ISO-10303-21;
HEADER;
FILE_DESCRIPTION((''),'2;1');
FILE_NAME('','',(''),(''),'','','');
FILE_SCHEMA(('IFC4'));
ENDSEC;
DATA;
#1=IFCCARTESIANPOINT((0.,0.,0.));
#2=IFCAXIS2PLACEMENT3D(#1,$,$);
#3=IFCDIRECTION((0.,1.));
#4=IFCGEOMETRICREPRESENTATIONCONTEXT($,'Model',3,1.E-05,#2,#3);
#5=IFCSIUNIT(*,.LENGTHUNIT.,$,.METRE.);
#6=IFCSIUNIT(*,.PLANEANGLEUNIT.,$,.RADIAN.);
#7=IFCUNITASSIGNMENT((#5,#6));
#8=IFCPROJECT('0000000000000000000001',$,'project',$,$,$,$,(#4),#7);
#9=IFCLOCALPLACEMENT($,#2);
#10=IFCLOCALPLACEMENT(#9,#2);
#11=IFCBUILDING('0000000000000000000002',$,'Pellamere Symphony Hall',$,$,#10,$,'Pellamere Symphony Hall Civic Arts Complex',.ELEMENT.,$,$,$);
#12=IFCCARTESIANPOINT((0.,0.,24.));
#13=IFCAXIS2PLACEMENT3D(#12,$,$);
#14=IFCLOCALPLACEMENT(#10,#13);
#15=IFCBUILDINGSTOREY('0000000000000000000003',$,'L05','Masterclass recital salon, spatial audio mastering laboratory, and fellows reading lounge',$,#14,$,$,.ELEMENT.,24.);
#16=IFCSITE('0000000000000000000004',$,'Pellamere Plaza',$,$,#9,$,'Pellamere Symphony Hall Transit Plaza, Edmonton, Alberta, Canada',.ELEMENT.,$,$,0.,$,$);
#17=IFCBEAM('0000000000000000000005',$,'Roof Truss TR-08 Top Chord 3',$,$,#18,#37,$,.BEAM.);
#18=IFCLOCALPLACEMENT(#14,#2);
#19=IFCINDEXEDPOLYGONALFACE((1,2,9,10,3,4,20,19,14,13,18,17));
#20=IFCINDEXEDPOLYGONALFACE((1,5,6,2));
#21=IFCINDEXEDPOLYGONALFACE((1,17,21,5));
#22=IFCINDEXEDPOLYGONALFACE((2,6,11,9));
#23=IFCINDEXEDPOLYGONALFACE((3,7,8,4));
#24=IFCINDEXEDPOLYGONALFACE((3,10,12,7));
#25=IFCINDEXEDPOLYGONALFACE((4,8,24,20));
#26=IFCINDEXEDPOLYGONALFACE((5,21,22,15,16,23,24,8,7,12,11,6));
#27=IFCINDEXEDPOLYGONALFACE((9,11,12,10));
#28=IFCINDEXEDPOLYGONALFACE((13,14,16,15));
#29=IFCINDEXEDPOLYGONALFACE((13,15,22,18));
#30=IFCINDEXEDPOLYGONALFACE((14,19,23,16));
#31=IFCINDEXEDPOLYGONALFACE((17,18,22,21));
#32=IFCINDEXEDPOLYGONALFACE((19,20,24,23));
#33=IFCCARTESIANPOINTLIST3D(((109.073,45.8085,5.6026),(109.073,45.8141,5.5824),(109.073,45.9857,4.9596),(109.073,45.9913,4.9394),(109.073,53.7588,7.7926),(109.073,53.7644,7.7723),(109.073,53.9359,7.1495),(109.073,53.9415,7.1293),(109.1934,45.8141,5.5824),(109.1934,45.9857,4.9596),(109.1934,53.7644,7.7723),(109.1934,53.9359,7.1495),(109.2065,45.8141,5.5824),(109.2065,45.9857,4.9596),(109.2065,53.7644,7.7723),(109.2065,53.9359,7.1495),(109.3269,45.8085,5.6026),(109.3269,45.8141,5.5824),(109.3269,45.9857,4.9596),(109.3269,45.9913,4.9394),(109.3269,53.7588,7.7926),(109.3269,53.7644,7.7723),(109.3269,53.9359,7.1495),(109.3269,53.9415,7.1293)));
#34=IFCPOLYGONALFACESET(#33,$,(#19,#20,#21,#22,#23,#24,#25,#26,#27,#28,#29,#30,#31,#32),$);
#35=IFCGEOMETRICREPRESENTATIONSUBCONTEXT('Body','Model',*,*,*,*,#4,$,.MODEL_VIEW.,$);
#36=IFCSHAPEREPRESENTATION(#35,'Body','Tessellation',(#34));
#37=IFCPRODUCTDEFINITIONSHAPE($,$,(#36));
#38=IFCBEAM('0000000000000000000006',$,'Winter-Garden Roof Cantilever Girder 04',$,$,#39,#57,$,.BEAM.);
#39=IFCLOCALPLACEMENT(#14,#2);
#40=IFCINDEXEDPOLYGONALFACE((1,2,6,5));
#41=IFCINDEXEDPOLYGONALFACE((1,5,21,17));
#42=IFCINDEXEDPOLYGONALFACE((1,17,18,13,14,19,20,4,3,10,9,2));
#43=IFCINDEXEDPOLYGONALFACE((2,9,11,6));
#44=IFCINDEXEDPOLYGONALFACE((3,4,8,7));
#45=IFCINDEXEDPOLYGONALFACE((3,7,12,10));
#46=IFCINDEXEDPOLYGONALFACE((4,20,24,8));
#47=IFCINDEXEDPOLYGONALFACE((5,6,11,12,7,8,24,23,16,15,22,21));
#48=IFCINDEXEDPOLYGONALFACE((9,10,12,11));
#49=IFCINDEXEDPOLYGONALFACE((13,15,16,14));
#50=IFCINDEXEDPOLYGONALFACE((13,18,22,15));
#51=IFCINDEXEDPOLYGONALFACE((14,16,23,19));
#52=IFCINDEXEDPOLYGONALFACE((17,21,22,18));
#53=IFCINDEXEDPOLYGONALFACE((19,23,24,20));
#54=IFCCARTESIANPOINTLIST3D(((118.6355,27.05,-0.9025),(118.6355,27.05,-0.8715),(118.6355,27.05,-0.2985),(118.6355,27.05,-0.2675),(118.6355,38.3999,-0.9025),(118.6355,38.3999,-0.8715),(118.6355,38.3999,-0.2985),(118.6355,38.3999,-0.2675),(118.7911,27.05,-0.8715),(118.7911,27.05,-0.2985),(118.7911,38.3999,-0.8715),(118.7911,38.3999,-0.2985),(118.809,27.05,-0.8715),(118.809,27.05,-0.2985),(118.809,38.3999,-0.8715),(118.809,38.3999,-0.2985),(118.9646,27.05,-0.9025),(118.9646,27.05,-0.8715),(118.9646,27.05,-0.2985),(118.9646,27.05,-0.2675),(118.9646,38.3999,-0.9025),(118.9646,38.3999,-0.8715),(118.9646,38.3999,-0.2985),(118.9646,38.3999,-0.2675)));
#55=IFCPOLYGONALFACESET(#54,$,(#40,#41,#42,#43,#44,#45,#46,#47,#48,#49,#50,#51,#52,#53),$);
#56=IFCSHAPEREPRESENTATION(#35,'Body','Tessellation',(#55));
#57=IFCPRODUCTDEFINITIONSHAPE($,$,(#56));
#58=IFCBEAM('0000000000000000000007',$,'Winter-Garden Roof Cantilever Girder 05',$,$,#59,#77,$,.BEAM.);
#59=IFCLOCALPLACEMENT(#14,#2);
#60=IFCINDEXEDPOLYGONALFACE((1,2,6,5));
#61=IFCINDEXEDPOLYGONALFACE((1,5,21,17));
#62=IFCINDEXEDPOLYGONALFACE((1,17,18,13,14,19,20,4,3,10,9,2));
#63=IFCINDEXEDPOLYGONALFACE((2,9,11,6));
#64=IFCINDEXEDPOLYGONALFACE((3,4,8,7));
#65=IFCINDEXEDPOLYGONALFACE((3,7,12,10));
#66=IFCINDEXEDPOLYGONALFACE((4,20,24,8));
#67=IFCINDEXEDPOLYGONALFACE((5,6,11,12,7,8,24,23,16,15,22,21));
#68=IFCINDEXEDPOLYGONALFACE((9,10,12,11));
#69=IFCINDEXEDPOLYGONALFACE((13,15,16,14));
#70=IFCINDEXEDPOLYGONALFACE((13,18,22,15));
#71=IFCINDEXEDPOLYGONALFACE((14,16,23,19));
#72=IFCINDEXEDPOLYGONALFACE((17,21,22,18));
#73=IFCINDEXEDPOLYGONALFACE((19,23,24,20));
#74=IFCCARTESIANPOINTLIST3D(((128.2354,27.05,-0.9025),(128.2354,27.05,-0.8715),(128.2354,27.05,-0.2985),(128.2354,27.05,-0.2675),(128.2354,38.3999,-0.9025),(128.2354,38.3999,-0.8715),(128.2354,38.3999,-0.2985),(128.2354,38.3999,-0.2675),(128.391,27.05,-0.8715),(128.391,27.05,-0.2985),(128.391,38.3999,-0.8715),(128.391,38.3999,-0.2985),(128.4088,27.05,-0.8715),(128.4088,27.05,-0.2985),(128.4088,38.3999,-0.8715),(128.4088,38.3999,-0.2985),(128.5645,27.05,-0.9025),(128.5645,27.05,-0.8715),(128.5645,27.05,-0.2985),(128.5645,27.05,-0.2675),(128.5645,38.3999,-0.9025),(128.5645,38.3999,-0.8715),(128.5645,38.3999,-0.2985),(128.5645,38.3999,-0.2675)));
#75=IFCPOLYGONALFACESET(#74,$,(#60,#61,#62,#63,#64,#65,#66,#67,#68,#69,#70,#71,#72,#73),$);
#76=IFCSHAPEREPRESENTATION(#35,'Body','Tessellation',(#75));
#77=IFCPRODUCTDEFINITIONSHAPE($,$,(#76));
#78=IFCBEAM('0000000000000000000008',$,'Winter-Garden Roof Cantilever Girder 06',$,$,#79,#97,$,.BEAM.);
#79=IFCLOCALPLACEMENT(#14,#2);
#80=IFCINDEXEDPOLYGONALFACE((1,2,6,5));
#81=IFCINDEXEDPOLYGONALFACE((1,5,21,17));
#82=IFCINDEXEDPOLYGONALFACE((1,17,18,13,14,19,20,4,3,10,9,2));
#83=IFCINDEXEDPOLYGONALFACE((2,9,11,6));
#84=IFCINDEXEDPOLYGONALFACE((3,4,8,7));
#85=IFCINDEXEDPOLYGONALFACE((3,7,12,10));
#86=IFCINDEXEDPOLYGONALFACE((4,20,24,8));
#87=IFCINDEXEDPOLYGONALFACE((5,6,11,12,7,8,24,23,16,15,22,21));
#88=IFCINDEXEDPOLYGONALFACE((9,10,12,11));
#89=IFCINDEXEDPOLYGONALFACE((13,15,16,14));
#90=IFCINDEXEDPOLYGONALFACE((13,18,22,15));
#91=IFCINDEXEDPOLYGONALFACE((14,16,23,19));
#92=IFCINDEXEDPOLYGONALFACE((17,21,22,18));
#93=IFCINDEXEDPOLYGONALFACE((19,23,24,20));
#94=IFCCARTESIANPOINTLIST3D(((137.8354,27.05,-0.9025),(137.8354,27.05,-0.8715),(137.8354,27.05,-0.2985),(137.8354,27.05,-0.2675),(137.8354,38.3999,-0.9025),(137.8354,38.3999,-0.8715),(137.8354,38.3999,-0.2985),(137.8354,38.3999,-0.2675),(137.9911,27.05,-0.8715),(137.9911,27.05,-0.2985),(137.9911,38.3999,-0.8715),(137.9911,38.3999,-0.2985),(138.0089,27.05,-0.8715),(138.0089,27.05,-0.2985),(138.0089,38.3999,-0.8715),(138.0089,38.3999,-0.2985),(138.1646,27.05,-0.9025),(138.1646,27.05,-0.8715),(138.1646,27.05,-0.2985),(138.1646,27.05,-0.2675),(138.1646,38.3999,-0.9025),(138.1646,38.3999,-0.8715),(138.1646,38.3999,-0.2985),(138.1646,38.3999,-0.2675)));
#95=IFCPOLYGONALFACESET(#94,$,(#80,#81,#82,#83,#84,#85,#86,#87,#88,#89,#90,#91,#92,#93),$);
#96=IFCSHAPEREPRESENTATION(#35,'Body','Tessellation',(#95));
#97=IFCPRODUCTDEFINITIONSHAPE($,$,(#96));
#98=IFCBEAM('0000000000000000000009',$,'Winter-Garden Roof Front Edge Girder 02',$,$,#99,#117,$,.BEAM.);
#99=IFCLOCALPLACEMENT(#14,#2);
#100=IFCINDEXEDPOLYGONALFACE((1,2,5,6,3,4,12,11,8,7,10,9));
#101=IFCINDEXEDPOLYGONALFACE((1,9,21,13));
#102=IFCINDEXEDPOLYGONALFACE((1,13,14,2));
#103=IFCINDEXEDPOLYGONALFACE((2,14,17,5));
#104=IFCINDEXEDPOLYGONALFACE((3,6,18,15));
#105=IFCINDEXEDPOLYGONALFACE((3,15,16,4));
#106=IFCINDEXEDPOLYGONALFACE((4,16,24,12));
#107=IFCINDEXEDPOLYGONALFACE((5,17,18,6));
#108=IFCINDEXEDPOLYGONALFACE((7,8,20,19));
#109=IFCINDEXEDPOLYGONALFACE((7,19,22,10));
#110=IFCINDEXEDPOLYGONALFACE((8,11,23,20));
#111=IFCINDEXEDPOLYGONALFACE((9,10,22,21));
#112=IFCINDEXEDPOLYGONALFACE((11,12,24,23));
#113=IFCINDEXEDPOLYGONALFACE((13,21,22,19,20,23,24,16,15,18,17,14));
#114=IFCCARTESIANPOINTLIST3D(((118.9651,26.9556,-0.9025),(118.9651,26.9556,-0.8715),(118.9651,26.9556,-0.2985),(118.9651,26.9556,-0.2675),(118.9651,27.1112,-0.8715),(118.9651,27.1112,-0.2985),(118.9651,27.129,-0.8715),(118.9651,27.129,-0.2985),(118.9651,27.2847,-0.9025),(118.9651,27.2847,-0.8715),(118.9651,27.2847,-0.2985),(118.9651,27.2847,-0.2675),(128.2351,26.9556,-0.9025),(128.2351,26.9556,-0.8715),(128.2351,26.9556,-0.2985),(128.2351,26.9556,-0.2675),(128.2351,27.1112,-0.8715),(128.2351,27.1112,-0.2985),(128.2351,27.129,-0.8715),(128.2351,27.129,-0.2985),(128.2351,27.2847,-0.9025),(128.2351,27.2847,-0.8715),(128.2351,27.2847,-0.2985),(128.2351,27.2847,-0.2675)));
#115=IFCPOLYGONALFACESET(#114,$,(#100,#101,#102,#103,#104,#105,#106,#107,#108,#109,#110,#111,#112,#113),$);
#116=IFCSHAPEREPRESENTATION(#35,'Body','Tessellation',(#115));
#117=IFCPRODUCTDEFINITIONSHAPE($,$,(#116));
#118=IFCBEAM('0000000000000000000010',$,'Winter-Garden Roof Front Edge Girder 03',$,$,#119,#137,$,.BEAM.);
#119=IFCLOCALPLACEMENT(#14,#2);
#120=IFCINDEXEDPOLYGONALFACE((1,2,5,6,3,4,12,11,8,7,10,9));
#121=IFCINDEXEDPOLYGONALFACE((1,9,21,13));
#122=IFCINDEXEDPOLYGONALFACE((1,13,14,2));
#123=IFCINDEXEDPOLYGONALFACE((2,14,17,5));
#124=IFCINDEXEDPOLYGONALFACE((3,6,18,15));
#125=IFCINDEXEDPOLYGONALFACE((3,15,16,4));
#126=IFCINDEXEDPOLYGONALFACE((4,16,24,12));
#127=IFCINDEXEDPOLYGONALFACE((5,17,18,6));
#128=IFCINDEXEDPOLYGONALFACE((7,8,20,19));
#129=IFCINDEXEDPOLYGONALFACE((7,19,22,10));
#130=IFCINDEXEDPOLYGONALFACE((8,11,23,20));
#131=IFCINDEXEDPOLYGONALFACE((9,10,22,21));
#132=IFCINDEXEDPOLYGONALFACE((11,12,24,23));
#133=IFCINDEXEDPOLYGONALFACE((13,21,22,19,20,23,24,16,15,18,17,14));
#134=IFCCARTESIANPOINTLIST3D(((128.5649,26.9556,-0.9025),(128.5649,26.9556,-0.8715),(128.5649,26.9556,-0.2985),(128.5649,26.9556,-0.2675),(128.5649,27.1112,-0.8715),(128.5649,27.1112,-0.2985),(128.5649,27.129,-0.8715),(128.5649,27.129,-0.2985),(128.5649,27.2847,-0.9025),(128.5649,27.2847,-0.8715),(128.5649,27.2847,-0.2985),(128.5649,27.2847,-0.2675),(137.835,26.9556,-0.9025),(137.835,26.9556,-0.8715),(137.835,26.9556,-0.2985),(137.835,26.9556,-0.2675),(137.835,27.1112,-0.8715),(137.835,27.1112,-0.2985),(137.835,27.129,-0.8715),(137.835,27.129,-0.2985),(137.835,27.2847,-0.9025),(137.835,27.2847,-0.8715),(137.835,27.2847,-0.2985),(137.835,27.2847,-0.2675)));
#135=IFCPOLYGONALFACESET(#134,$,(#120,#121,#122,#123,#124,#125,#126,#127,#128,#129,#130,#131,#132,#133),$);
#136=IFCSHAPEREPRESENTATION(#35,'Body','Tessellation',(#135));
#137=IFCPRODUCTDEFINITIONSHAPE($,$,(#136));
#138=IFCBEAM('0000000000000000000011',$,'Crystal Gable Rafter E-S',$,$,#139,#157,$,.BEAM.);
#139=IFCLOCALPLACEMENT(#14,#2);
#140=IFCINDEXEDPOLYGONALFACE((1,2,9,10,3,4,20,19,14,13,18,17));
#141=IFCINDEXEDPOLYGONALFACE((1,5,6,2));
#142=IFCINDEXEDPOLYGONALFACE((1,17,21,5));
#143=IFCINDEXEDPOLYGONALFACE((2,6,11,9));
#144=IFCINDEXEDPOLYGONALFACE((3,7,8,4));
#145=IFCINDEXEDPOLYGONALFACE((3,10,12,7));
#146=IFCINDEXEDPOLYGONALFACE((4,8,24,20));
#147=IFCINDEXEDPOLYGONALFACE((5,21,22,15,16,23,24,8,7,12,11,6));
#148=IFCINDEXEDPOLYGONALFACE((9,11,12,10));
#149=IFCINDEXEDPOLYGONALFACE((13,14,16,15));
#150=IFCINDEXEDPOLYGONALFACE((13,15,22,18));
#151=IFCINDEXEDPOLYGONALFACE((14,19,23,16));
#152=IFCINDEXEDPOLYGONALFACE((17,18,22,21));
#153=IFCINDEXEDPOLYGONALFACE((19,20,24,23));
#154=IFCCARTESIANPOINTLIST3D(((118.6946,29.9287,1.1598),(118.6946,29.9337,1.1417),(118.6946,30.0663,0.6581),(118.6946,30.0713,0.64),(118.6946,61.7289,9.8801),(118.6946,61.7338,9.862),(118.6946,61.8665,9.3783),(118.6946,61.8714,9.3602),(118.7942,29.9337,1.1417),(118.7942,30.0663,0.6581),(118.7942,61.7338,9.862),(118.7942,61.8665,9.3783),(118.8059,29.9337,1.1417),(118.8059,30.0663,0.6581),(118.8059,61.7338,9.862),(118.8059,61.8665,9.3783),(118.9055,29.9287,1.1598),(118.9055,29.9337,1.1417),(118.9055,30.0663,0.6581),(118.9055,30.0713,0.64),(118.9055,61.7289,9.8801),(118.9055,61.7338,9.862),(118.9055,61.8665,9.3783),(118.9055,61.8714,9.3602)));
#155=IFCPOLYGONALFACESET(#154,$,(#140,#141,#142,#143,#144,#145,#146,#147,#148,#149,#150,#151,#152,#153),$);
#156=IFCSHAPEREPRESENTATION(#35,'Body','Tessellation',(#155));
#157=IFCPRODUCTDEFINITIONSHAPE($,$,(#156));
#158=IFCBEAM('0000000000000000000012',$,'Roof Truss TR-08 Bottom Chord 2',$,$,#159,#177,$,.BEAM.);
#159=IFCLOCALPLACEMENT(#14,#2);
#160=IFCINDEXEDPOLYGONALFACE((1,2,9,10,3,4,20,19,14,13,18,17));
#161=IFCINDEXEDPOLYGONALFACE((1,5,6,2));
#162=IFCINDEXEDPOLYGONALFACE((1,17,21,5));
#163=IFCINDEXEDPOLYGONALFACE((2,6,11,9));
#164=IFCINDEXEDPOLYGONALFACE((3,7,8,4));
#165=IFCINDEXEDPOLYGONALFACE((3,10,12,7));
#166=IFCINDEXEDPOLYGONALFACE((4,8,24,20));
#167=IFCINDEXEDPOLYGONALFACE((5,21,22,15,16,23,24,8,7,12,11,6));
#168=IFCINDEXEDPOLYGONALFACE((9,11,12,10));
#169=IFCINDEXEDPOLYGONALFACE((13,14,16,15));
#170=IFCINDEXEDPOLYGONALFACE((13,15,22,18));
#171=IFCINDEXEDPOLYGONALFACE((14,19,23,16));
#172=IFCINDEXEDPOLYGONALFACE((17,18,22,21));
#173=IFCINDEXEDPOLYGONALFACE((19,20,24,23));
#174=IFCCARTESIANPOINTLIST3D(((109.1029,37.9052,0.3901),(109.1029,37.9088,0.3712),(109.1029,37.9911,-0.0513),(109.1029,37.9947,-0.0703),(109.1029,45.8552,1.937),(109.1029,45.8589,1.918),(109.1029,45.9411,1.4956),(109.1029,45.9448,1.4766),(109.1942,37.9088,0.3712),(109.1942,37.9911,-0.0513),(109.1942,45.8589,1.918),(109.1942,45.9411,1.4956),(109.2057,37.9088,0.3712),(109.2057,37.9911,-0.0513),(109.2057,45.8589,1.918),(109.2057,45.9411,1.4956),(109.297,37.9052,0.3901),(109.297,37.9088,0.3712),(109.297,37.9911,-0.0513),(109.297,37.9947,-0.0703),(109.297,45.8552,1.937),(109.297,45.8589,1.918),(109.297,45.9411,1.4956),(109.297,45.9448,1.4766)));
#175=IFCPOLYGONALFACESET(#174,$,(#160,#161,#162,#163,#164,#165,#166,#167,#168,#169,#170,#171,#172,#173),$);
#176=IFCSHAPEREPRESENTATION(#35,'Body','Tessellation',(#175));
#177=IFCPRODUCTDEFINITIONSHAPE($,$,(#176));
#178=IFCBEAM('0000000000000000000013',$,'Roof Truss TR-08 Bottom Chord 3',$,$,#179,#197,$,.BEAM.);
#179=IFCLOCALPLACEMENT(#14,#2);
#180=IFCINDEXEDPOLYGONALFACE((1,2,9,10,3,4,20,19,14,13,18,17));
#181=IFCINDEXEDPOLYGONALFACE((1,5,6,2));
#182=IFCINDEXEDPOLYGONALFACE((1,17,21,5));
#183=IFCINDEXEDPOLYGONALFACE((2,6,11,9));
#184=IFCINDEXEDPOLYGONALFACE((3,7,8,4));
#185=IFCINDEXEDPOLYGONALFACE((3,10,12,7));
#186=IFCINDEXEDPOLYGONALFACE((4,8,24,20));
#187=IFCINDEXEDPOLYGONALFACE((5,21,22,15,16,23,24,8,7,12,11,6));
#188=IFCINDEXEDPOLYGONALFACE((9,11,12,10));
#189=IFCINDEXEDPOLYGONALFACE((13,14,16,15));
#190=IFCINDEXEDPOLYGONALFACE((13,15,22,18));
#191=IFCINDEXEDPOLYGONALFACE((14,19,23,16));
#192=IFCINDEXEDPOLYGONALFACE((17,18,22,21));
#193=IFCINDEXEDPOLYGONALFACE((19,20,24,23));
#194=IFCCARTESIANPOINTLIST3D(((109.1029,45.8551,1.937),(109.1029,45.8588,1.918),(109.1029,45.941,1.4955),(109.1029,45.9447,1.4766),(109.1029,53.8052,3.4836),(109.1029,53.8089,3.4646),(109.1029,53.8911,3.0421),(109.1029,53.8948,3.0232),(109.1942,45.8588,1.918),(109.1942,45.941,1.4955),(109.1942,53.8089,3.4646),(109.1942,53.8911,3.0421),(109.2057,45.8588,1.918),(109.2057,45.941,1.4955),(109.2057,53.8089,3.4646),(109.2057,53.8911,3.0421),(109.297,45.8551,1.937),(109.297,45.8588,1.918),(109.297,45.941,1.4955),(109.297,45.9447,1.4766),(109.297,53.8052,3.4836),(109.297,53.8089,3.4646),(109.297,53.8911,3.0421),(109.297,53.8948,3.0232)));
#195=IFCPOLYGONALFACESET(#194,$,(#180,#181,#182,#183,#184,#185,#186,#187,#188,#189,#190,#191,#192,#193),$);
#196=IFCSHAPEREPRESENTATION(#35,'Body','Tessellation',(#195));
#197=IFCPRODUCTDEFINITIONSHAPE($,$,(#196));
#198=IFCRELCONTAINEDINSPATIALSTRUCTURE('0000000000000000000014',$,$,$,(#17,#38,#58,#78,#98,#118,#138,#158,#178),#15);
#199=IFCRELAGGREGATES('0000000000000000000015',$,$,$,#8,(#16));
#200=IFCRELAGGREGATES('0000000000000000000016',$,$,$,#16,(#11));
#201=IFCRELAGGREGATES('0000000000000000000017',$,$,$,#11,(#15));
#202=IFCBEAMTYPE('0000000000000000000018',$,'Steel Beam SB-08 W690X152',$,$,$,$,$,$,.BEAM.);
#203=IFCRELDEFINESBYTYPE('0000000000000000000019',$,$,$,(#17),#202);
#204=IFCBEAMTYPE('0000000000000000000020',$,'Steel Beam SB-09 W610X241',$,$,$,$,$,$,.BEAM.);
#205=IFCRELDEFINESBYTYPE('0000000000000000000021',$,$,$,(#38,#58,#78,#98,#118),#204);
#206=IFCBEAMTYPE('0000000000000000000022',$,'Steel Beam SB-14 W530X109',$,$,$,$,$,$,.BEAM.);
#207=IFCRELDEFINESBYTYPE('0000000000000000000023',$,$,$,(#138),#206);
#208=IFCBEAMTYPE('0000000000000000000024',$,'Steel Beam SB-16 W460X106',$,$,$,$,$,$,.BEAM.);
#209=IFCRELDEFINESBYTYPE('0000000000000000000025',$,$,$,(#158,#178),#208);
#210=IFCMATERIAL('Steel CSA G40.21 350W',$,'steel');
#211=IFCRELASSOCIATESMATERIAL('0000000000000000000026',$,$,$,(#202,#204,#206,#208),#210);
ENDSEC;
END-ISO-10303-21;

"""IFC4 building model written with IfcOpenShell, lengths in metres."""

from ifc_helpers import new_model, si_unit, direction, frame, origin, origin_2d, place, context, subcontext, project, spatial, i_section, extrude, material, material_profile, profile_set, type_object, element, save


model = new_model("IFC4")

# Units and contexts
model_context = context("Model", 3, precision=1e-05, world=origin(), true_north=direction((0.0, 1.0)))
body_context = subcontext(model_context, "Body", "Model", "MODEL_VIEW")
ifc_project = project(units=[si_unit("LENGTHUNIT", "METRE"), si_unit("PLANEANGLEUNIT", "RADIAN")], contexts=[model_context])

# Site, building, storey
site_placement = place(None, origin())
site = spatial("IfcSite", under=ifc_project, at=site_placement, Name="Pellamere Plaza", LongName="Pellamere Symphony Hall Transit Plaza, Edmonton, Alberta, Canada", CompositionType="ELEMENT", RefElevation=0.0)
building_placement = place(site_placement, origin())
building = spatial("IfcBuilding", under=site, at=building_placement, Name="Pellamere Symphony Hall", LongName="Pellamere Symphony Hall Civic Arts Complex", CompositionType="ELEMENT")
storey_placement = place(building_placement, frame((0.0, 0.0, 24.0)))
storey = spatial("IfcBuildingStorey", under=building, at=storey_placement, Name="L05", Description="Masterclass recital salon, spatial audio mastering laboratory, and fellows reading lounge", CompositionType="ELEMENT", Elevation=24.0)

# Beams
ifc_material_1 = material(Name="Steel CSA G40.21 350W", Category="steel")
ifc_material_profile_1 = material_profile(ifc_material_1, i_section(OverallWidth=0.2539, OverallDepth=0.688, WebThickness=0.0132, FlangeThickness=0.021, at=origin_2d()), Name="W690X152")
ifc_profile_set_1 = profile_set([ifc_material_profile_1], Name="Steel CSA G40.21 350W")
beam_type_1 = type_object("IfcBeamType", Name="Steel Beam SB-08 W690X152", PredefinedType="BEAM", material=ifc_profile_set_1)
beam_1_placement = place(storey_placement, frame((109.2, 45.8999, 5.271), z_axis=(0.0, 0.964093, 0.265567), x_axis=(-1.0, 0.0, 0.0)))
element("IfcBeam", 1, at=beam_1_placement, inside=storey, type_object=beam_type_1, Name="Roof Truss TR-08 Top Chord 3", PredefinedType="BEAM", context=body_context, shape_type="SweptSolid", body=[
    extrude(i_section(OverallWidth=0.2539, OverallDepth=0.688, WebThickness=0.0132, FlangeThickness=0.021, at=origin_2d()), origin(), (0.0, 0.0, 1.0), 8.2463),
])
ifc_material_profile_2 = material_profile(ifc_material_1, i_section(OverallWidth=0.3291, OverallDepth=0.635, WebThickness=0.0178, FlangeThickness=0.031, at=origin_2d()), Name="W610X241")
ifc_profile_set_2 = profile_set([ifc_material_profile_2], Name="Steel CSA G40.21 350W")
beam_type_2 = type_object("IfcBeamType", Name="Steel Beam SB-09 W610X241", PredefinedType="BEAM", material=ifc_profile_set_2)
for number, where, z_axis, x_axis, name in (
    (2, (118.8, 27.05, -0.585), (0.0, 1.0, 0.0), (-1.0, 0.0, 0.0), "Winter-Garden Roof Cantilever Girder 04"),
    (3, (128.3999, 27.05, -0.585), (0.0, 1.0, 0.0), (-1.0, 0.0, 0.0), "Winter-Garden Roof Cantilever Girder 05"),
    (4, (138.0, 27.05, -0.585), (0.0, 1.0, 0.0), (-1.0, 0.0, 0.0), "Winter-Garden Roof Cantilever Girder 06"),
):
    element("IfcBeam", number, at=place(storey_placement, frame(where, z_axis=z_axis, x_axis=x_axis)), inside=storey, type_object=beam_type_2, Name=name, PredefinedType="BEAM", context=body_context, shape_type="SweptSolid", body=[
        extrude(i_section(OverallWidth=0.3291, OverallDepth=0.635, WebThickness=0.0178, FlangeThickness=0.031, at=origin_2d()), origin(), (0.0, 0.0, 1.0), 11.3499),
    ])
for number, where, z_axis, x_axis, name in (
    (5, (118.9651, 27.1201, -0.585), (1.0, 0.0, 0.0), (0.0, 1.0, 0.0), "Winter-Garden Roof Front Edge Girder 02"),
    (6, (128.5649, 27.1201, -0.585), (1.0, 0.0, 0.0), (0.0, 1.0, 0.0), "Winter-Garden Roof Front Edge Girder 03"),
):
    element("IfcBeam", number, at=place(storey_placement, frame(where, z_axis=z_axis, x_axis=x_axis)), inside=storey, type_object=beam_type_2, Name=name, PredefinedType="BEAM", context=body_context, shape_type="SweptSolid", body=[
        extrude(i_section(OverallWidth=0.3291, OverallDepth=0.635, WebThickness=0.0178, FlangeThickness=0.031, at=origin_2d()), origin(), (0.0, 0.0, 1.0), 9.27),
    ])
ifc_material_profile_3 = material_profile(ifc_material_1, i_section(OverallWidth=0.2109, OverallDepth=0.5391, WebThickness=0.0117, FlangeThickness=0.0188, at=origin_2d()), Name="W530X109")
ifc_profile_set_3 = profile_set([ifc_material_profile_3], Name="Steel CSA G40.21 350W")
beam_type_3 = type_object("IfcBeamType", Name="Steel Beam SB-14 W530X109", PredefinedType="BEAM", material=ifc_profile_set_3)
beam_2_placement = place(storey_placement, frame((118.8, 30.0, 0.8999), z_axis=(0.0, 0.964397, 0.264457), x_axis=(-1.0, 0.0, 0.0)))
element("IfcBeam", 7, at=beam_2_placement, inside=storey, type_object=beam_type_3, Name="Crystal Gable Rafter E-S", PredefinedType="BEAM", context=body_context, shape_type="SweptSolid", body=[
    extrude(i_section(OverallWidth=0.2109, OverallDepth=0.5391, WebThickness=0.0117, FlangeThickness=0.0188, at=origin_2d()), origin(), (0.0, 0.0, 1.0), 32.9741),
])
ifc_material_profile_4 = material_profile(ifc_material_1, i_section(OverallWidth=0.1941, OverallDepth=0.469, WebThickness=0.0115, FlangeThickness=0.0193, at=origin_2d()), Name="W460X106")
ifc_profile_set_4 = profile_set([ifc_material_profile_4], Name="Steel CSA G40.21 350W")
beam_type_4 = type_object("IfcBeamType", Name="Steel Beam SB-16 W460X106", PredefinedType="BEAM", material=ifc_profile_set_4)
for number, where, z_axis, x_axis, name in (
    (8, (109.2, 37.95, 0.1599), (0.0, 0.981591, 0.190995), (-1.0, 0.0, 0.0), "Roof Truss TR-08 Bottom Chord 2"),
    (9, (109.2, 45.8999, 1.7068), (0.0, 0.981598, 0.19096), (-1.0, 0.0, 0.0), "Roof Truss TR-08 Bottom Chord 3"),
):
    element("IfcBeam", number, at=place(storey_placement, frame(where, z_axis=z_axis, x_axis=x_axis)), inside=storey, type_object=beam_type_4, Name=name, PredefinedType="BEAM", context=body_context, shape_type="SweptSolid", body=[
        extrude(i_section(OverallWidth=0.1941, OverallDepth=0.469, WebThickness=0.0115, FlangeThickness=0.0193, at=origin_2d()), origin(), (0.0, 0.0, 1.0), 8.0991),
    ])

save(model, "model.ifc")
